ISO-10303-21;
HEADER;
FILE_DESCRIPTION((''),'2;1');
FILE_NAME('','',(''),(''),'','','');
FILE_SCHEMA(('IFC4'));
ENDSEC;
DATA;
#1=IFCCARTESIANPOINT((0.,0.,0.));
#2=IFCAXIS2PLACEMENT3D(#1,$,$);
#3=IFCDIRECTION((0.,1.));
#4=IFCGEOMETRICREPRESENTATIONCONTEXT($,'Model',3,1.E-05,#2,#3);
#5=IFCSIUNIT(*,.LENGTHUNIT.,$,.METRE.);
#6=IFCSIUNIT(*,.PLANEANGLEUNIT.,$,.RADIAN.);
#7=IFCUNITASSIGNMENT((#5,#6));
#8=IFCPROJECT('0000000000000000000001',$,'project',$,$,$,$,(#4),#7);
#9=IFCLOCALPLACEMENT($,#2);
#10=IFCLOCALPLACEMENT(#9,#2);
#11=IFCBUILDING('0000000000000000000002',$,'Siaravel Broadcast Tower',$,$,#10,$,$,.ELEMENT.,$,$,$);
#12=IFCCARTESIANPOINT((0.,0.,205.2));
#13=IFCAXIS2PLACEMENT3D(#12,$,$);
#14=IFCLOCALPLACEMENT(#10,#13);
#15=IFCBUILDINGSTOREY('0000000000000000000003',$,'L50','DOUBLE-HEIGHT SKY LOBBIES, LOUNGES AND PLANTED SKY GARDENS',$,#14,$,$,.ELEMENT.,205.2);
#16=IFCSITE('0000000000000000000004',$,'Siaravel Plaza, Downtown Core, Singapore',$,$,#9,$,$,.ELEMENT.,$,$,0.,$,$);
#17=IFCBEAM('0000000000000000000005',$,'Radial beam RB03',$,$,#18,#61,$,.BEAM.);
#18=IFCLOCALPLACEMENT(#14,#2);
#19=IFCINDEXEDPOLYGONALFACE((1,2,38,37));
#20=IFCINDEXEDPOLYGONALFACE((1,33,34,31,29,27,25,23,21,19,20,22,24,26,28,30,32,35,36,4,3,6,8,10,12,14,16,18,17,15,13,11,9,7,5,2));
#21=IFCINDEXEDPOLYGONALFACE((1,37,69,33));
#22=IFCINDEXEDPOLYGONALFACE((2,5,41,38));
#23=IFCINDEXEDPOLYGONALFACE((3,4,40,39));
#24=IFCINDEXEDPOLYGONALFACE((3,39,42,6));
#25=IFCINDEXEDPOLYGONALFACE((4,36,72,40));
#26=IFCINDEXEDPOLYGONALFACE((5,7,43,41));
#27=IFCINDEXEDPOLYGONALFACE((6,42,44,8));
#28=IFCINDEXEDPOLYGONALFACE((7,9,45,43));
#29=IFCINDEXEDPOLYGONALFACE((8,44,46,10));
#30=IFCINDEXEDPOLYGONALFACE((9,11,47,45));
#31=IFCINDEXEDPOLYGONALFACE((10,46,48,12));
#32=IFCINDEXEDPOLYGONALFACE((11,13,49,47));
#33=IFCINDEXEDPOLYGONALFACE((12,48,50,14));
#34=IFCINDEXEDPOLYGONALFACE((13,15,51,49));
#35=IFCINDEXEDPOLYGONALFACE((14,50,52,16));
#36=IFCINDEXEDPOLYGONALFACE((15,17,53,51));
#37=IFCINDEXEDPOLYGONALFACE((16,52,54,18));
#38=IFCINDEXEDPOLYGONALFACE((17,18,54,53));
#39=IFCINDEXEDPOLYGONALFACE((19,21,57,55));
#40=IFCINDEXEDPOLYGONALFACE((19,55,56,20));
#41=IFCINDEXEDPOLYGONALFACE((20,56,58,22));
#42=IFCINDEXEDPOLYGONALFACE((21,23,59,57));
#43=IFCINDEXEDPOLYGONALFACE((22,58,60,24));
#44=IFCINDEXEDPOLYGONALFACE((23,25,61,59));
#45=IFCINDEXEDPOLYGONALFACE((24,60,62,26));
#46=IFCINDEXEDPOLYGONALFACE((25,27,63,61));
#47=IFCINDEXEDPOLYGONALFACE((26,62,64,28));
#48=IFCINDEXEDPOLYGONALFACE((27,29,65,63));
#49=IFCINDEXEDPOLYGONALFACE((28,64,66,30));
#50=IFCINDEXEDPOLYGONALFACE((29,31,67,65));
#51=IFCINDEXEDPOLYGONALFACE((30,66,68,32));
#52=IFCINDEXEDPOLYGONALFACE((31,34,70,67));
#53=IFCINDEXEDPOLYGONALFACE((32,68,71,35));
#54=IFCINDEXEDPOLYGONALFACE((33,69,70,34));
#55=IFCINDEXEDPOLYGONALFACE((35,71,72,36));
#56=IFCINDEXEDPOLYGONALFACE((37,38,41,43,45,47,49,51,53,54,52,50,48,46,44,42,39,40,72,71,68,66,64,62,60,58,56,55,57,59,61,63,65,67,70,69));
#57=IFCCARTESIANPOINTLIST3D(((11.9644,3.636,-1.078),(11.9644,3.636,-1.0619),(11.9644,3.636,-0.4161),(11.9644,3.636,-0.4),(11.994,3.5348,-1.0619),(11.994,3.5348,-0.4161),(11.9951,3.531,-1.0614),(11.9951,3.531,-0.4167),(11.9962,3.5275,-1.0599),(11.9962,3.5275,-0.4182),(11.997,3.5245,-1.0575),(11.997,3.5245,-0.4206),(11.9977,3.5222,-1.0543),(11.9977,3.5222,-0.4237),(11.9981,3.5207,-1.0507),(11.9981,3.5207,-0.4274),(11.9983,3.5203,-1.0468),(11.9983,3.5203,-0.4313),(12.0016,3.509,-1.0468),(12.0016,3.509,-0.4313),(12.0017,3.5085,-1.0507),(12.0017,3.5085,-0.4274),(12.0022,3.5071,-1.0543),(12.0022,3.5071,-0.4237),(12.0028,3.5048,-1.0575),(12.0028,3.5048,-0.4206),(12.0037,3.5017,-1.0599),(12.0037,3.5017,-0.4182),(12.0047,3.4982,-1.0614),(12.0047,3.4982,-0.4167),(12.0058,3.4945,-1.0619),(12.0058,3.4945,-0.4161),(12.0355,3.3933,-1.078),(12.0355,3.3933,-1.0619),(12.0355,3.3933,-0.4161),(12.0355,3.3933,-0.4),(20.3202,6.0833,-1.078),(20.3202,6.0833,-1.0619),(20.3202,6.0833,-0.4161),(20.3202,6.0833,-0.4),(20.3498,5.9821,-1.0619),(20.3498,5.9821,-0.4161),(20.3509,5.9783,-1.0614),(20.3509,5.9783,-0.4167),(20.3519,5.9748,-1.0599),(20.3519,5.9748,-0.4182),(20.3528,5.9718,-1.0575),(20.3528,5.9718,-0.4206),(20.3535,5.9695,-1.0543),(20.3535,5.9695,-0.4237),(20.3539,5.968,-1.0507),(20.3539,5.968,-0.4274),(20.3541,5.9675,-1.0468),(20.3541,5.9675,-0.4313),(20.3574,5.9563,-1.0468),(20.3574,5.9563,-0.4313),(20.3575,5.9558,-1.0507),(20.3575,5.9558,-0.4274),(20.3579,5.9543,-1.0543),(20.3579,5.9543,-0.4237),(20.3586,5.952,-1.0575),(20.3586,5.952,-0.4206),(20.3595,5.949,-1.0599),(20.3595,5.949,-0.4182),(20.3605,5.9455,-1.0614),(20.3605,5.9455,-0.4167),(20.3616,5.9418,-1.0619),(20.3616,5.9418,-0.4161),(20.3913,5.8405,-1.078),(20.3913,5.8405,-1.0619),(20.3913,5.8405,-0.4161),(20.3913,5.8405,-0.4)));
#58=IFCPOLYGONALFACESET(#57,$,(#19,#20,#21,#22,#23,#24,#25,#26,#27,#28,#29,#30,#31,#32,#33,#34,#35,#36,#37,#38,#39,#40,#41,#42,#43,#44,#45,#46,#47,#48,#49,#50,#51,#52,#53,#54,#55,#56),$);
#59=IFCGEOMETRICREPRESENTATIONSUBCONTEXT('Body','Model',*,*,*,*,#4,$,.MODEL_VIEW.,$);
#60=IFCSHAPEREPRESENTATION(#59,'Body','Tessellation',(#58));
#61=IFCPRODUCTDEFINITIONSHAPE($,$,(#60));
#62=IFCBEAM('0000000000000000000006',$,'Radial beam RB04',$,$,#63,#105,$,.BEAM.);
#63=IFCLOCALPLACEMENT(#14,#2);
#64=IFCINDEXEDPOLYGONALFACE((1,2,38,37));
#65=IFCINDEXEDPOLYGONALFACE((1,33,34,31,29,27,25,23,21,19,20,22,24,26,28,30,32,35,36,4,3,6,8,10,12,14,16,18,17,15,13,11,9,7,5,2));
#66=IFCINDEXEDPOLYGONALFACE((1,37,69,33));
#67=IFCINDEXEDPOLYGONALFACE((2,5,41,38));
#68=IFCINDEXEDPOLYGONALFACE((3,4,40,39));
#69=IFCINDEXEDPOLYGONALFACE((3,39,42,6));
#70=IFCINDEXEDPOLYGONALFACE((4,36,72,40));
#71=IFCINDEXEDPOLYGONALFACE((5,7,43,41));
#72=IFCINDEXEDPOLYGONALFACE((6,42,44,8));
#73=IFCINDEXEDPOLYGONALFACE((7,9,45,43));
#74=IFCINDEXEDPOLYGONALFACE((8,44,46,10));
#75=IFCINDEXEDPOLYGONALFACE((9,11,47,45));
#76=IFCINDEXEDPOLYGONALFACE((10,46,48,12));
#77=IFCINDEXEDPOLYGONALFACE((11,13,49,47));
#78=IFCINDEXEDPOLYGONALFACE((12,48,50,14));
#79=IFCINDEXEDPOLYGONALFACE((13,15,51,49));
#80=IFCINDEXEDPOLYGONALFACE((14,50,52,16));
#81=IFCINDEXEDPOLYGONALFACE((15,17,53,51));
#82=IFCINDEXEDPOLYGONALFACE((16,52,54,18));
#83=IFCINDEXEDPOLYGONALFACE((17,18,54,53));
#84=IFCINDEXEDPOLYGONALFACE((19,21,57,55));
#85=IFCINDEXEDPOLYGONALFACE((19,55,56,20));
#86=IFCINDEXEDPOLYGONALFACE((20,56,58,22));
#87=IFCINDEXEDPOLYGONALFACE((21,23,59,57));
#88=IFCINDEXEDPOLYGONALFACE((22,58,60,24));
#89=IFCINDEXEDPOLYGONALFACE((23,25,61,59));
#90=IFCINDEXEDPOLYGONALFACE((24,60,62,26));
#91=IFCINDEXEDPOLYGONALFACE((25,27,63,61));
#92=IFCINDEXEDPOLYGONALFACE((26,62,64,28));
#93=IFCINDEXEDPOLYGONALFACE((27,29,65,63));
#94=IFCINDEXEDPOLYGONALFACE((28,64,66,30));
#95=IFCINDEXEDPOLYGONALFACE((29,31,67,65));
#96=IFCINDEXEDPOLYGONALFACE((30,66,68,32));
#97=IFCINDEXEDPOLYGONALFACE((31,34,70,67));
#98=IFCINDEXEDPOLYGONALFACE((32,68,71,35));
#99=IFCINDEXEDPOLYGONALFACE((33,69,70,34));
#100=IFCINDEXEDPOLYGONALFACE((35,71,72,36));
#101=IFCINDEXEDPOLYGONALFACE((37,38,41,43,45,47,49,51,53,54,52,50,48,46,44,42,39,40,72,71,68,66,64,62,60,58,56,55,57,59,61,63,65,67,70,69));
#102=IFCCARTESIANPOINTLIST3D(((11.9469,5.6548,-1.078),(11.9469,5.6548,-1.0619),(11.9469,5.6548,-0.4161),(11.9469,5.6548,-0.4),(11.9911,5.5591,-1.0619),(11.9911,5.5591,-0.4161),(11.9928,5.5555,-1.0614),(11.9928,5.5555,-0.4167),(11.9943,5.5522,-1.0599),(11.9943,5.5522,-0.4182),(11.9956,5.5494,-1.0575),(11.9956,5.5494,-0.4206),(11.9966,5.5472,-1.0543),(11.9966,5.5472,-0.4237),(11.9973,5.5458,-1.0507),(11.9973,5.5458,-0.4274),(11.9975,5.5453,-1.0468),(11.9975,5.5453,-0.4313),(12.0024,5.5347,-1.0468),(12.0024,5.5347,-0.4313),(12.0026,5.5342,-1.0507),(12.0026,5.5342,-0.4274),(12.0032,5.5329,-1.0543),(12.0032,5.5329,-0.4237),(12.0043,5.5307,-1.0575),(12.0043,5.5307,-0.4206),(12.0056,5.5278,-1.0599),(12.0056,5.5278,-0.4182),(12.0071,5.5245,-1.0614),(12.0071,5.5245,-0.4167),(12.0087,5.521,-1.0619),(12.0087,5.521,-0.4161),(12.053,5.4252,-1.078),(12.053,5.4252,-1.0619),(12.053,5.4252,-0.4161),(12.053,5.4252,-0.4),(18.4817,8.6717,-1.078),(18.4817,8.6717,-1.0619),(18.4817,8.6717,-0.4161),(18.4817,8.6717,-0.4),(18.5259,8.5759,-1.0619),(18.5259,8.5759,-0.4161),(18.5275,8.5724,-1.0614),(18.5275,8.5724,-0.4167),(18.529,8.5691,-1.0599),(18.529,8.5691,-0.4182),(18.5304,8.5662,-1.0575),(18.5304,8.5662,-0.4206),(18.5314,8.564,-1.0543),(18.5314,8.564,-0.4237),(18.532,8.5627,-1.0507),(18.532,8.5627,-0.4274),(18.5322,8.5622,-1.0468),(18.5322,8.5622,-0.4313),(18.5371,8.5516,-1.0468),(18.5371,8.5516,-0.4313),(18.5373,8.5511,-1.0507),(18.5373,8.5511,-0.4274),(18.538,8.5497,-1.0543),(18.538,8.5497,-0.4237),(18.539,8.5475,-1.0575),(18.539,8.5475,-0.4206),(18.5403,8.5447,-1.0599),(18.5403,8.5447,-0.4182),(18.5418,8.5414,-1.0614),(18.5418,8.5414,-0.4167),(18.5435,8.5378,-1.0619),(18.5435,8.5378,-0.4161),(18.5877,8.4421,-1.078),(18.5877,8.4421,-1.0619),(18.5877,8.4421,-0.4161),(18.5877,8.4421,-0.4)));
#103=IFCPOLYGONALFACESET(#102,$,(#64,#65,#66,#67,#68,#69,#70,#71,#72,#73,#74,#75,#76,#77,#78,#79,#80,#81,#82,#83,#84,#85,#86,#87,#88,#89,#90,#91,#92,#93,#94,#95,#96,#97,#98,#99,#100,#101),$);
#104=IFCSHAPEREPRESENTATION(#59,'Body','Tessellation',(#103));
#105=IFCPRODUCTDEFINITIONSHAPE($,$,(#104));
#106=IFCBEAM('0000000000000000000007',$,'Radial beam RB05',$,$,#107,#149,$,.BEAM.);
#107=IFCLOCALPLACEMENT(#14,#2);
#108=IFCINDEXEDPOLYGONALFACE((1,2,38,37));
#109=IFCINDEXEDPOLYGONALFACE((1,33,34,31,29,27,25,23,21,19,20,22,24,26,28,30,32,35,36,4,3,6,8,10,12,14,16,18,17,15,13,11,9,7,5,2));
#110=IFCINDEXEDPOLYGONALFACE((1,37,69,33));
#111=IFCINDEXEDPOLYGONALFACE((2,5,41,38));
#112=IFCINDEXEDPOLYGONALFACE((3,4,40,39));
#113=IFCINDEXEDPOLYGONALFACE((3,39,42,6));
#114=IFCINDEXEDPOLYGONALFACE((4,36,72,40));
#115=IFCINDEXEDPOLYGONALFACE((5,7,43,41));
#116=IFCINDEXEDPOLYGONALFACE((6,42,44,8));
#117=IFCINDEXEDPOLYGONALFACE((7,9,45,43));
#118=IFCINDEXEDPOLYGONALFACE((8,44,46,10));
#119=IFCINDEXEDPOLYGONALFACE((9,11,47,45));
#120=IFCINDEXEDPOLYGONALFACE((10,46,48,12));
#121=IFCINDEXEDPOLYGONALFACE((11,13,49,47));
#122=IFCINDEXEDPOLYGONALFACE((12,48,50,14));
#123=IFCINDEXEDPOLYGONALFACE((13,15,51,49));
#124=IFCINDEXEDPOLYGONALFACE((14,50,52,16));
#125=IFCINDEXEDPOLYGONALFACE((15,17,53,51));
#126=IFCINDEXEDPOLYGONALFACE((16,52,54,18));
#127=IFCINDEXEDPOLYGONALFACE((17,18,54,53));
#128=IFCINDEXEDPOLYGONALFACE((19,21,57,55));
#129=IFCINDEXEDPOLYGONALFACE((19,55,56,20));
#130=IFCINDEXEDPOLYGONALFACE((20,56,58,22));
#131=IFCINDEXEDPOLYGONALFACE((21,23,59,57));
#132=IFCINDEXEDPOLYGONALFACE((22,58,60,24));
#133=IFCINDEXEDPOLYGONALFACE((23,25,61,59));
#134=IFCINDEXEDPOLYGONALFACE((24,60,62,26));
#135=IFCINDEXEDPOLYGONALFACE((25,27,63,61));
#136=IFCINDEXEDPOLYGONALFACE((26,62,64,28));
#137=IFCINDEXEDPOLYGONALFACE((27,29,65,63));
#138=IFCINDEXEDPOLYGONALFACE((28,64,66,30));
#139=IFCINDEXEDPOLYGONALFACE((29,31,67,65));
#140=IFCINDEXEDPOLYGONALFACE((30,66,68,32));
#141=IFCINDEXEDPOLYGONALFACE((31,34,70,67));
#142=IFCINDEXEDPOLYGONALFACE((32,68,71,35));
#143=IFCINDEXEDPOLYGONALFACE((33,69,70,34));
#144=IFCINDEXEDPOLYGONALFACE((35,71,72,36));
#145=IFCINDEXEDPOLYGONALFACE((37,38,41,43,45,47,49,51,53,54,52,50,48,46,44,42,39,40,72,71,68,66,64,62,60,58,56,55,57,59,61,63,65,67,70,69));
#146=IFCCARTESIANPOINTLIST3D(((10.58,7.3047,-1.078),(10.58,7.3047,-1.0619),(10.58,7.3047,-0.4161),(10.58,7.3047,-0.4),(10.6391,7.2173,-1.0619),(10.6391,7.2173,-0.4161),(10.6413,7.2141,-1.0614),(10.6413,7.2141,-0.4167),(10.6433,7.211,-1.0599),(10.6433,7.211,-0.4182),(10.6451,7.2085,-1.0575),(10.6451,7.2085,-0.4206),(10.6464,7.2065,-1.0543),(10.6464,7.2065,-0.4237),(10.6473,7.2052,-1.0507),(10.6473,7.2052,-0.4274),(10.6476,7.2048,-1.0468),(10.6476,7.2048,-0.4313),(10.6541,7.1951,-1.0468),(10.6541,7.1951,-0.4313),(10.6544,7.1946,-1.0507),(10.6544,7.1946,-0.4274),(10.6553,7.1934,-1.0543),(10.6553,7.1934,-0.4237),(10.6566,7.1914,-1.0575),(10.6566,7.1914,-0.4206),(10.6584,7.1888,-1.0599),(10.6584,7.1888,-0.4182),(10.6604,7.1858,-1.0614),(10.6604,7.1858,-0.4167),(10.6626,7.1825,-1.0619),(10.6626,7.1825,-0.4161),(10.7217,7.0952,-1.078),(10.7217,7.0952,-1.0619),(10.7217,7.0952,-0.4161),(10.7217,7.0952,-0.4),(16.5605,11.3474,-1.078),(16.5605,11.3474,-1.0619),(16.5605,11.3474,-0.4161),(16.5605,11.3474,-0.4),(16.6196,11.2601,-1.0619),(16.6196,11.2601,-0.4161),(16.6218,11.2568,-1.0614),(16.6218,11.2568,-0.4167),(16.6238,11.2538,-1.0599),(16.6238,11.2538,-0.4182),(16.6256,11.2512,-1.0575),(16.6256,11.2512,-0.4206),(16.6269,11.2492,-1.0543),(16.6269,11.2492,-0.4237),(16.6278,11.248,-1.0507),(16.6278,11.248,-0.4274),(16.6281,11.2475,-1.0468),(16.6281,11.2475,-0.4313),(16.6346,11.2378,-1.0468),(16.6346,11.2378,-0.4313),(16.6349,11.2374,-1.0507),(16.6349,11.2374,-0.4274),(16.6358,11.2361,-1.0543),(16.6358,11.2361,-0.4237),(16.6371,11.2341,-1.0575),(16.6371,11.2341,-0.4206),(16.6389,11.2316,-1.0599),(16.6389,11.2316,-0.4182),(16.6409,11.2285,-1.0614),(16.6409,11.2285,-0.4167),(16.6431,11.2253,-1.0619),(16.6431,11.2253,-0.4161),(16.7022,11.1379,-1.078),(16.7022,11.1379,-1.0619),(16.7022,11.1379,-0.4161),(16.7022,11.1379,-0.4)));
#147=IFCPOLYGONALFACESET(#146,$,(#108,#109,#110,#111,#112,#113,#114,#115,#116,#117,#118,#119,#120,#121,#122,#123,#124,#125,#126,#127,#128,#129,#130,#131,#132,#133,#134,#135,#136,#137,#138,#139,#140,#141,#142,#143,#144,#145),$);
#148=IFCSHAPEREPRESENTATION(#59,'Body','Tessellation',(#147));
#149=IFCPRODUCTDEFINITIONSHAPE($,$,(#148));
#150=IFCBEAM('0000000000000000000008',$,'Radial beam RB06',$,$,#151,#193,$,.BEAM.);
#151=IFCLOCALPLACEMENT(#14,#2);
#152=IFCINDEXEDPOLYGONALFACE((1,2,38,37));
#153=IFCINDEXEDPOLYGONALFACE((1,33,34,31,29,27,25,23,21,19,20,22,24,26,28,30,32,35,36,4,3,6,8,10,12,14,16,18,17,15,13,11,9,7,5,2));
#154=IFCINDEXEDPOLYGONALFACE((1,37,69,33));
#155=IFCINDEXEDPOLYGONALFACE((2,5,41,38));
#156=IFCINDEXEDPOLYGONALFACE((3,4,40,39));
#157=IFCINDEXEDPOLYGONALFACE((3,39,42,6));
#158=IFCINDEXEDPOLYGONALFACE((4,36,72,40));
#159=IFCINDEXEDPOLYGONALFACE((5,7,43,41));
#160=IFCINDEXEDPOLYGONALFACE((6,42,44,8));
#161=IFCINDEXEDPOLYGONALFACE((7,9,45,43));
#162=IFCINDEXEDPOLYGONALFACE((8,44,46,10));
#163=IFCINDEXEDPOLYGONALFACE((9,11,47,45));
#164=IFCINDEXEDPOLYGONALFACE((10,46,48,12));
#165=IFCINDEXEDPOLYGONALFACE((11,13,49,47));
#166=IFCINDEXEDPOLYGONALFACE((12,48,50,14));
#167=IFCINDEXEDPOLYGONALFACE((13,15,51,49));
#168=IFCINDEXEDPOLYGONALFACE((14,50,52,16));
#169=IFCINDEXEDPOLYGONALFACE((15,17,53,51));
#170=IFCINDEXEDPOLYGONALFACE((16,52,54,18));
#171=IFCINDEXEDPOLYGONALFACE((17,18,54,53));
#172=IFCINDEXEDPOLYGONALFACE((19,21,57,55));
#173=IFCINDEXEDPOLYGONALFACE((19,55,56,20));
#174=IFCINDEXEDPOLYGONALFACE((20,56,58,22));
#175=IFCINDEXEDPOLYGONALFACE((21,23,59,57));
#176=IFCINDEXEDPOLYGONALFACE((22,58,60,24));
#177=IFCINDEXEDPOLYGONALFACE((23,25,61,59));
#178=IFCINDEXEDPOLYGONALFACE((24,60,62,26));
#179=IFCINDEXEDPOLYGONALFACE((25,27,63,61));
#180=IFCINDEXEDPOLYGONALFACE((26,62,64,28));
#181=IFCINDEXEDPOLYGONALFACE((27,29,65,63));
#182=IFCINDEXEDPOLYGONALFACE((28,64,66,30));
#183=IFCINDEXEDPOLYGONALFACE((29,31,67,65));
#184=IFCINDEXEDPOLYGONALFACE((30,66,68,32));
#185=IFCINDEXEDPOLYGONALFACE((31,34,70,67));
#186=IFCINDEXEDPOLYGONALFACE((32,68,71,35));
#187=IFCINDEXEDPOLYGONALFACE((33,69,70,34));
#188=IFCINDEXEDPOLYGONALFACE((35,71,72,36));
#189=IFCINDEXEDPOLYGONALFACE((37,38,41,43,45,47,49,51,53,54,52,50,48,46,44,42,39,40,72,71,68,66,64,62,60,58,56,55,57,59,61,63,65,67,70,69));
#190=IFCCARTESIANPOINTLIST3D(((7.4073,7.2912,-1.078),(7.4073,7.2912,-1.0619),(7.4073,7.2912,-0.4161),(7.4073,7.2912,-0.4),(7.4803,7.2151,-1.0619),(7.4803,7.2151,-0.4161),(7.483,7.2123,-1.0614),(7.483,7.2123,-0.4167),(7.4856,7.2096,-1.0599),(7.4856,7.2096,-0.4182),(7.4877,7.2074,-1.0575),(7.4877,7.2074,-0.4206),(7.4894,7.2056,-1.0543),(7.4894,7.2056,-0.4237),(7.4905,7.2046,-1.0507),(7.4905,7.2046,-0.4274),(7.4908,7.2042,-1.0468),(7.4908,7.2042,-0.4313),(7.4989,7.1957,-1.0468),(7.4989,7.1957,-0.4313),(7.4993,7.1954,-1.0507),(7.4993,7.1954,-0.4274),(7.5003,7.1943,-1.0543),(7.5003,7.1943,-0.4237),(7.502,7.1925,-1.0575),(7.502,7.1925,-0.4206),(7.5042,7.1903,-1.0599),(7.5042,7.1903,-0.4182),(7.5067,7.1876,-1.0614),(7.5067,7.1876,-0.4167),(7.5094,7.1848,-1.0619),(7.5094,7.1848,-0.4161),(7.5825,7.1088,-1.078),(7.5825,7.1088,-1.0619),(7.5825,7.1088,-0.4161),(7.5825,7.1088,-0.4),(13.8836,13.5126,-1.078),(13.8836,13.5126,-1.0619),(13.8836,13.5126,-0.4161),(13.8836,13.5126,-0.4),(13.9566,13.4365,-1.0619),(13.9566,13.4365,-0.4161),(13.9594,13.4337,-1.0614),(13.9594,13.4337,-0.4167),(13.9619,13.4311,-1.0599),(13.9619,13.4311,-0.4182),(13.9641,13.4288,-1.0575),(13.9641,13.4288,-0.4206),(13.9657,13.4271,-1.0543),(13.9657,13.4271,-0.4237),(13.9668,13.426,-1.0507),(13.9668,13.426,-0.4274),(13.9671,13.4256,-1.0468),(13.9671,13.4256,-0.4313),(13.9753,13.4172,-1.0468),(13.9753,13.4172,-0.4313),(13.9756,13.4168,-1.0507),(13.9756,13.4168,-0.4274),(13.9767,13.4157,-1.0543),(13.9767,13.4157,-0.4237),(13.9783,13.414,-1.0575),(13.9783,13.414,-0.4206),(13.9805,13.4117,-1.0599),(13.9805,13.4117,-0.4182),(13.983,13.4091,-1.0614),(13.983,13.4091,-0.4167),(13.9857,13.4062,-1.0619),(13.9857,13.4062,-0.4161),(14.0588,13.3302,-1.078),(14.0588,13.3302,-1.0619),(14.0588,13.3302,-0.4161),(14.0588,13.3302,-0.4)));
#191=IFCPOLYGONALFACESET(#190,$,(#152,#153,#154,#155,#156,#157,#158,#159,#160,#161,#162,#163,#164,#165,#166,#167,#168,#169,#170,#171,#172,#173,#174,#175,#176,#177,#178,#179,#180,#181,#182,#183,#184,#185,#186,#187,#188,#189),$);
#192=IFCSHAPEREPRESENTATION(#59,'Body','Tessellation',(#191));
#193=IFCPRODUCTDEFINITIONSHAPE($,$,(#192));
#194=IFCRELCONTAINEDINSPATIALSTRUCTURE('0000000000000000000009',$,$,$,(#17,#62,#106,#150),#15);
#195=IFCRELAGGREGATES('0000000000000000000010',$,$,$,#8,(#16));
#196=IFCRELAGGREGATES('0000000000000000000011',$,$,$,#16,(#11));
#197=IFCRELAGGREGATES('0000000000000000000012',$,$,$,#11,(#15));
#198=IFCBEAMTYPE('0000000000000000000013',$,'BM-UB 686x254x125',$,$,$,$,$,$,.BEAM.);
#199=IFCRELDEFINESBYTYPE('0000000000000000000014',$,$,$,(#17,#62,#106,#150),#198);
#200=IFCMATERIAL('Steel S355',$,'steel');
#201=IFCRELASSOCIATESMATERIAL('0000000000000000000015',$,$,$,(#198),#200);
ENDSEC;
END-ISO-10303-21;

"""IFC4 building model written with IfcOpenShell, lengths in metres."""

from ifc_helpers import new_model, si_unit, direction, frame, origin, origin_2d, place, context, subcontext, project, spatial, i_section, extrude, material, material_profile, profile_set, type_object, element, save


model = new_model("IFC4")

# Units and contexts
model_context = context("Model", 3, precision=1e-05, world=origin(), true_north=direction((0.0, 1.0)))
body_context = subcontext(model_context, "Body", "Model", "MODEL_VIEW")
ifc_project = project(units=[si_unit("LENGTHUNIT", "METRE"), si_unit("PLANEANGLEUNIT", "RADIAN")], contexts=[model_context])

# Site, building, storey
site_placement = place(None, origin())
site = spatial("IfcSite", under=ifc_project, at=site_placement, Name="Siaravel Plaza, Downtown Core, Singapore", CompositionType="ELEMENT", RefElevation=0.0)
building_placement = place(site_placement, origin())
building = spatial("IfcBuilding", under=site, at=building_placement, Name="Siaravel Broadcast Tower", CompositionType="ELEMENT")
storey_placement = place(building_placement, frame((0.0, 0.0, 205.2)))
storey = spatial("IfcBuildingStorey", under=building, at=storey_placement, Name="L50", Description="DOUBLE-HEIGHT SKY LOBBIES, LOUNGES AND PLANTED SKY GARDENS", CompositionType="ELEMENT", Elevation=205.2)

# Beams
ifc_material_1 = material(Name="Steel S355", Category="steel")
ifc_material_profile_1 = material_profile(ifc_material_1, i_section(OverallWidth=0.2529, OverallDepth=0.678, WebThickness=0.0117, FlangeThickness=0.0161, FilletRadius=0.0151, at=origin_2d()))
ifc_profile_set_1 = profile_set([ifc_material_profile_1], Name="Steel S355")
beam_type = type_object("IfcBeamType", Name="BM-UB 686x254x125", PredefinedType="BEAM", material=ifc_profile_set_1)
beam_1_placement = place(storey_placement, frame((20.3557, 5.9619, -0.739), z_axis=(-0.959685, -0.281078, 0.0), x_axis=(0.281078, -0.959685, 0.0)))
element("IfcBeam", 1, at=beam_1_placement, inside=storey, type_object=beam_type, Name="Radial beam RB03", PredefinedType="BEAM", context=body_context, shape_type="SweptSolid", body=[
    extrude(i_section(OverallWidth=0.2529, OverallDepth=0.678, WebThickness=0.0117, FlangeThickness=0.0161, FilletRadius=0.0151, at=origin_2d()), origin(), (0.0, 0.0, 1.0), 8.7068),
])
beam_2_placement = place(storey_placement, frame((18.5347, 8.5569, -0.739), z_axis=(-0.907915, -0.419155, 0.0), x_axis=(0.419155, -0.907915, 0.0)))
element("IfcBeam", 2, at=beam_2_placement, inside=storey, type_object=beam_type, Name="Radial beam RB04", PredefinedType="BEAM", context=body_context, shape_type="SweptSolid", body=[
    extrude(i_section(OverallWidth=0.2529, OverallDepth=0.678, WebThickness=0.0117, FlangeThickness=0.0161, FilletRadius=0.0151, at=origin_2d()), origin(), (0.0, 0.0, 1.0), 7.1975),
])
beam_3_placement = place(storey_placement, frame((16.6313, 11.2427, -0.739), z_axis=(-0.828469, -0.560035, 0.0), x_axis=(0.560035, -0.828469, 0.0)))
element("IfcBeam", 3, at=beam_3_placement, inside=storey, type_object=beam_type, Name="Radial beam RB05", PredefinedType="BEAM", context=body_context, shape_type="SweptSolid", body=[
    extrude(i_section(OverallWidth=0.2529, OverallDepth=0.678, WebThickness=0.0117, FlangeThickness=0.0161, FilletRadius=0.0151, at=origin_2d()), origin(), (0.0, 0.0, 1.0), 7.2188),
])
beam_4_placement = place(storey_placement, frame((13.9712, 13.4214, -0.739), z_axis=(-0.721155, -0.692773, 0.0), x_axis=(0.692773, -0.721155, 0.0)))
element("IfcBeam", 4, at=beam_4_placement, inside=storey, type_object=beam_type, Name="Radial beam RB06", PredefinedType="BEAM", context=body_context, shape_type="SweptSolid", body=[
    extrude(i_section(OverallWidth=0.2529, OverallDepth=0.678, WebThickness=0.0117, FlangeThickness=0.0161, FilletRadius=0.0151, at=origin_2d()), origin(), (0.0, 0.0, 1.0), 8.9805),
])

save(model, "model.ifc")
